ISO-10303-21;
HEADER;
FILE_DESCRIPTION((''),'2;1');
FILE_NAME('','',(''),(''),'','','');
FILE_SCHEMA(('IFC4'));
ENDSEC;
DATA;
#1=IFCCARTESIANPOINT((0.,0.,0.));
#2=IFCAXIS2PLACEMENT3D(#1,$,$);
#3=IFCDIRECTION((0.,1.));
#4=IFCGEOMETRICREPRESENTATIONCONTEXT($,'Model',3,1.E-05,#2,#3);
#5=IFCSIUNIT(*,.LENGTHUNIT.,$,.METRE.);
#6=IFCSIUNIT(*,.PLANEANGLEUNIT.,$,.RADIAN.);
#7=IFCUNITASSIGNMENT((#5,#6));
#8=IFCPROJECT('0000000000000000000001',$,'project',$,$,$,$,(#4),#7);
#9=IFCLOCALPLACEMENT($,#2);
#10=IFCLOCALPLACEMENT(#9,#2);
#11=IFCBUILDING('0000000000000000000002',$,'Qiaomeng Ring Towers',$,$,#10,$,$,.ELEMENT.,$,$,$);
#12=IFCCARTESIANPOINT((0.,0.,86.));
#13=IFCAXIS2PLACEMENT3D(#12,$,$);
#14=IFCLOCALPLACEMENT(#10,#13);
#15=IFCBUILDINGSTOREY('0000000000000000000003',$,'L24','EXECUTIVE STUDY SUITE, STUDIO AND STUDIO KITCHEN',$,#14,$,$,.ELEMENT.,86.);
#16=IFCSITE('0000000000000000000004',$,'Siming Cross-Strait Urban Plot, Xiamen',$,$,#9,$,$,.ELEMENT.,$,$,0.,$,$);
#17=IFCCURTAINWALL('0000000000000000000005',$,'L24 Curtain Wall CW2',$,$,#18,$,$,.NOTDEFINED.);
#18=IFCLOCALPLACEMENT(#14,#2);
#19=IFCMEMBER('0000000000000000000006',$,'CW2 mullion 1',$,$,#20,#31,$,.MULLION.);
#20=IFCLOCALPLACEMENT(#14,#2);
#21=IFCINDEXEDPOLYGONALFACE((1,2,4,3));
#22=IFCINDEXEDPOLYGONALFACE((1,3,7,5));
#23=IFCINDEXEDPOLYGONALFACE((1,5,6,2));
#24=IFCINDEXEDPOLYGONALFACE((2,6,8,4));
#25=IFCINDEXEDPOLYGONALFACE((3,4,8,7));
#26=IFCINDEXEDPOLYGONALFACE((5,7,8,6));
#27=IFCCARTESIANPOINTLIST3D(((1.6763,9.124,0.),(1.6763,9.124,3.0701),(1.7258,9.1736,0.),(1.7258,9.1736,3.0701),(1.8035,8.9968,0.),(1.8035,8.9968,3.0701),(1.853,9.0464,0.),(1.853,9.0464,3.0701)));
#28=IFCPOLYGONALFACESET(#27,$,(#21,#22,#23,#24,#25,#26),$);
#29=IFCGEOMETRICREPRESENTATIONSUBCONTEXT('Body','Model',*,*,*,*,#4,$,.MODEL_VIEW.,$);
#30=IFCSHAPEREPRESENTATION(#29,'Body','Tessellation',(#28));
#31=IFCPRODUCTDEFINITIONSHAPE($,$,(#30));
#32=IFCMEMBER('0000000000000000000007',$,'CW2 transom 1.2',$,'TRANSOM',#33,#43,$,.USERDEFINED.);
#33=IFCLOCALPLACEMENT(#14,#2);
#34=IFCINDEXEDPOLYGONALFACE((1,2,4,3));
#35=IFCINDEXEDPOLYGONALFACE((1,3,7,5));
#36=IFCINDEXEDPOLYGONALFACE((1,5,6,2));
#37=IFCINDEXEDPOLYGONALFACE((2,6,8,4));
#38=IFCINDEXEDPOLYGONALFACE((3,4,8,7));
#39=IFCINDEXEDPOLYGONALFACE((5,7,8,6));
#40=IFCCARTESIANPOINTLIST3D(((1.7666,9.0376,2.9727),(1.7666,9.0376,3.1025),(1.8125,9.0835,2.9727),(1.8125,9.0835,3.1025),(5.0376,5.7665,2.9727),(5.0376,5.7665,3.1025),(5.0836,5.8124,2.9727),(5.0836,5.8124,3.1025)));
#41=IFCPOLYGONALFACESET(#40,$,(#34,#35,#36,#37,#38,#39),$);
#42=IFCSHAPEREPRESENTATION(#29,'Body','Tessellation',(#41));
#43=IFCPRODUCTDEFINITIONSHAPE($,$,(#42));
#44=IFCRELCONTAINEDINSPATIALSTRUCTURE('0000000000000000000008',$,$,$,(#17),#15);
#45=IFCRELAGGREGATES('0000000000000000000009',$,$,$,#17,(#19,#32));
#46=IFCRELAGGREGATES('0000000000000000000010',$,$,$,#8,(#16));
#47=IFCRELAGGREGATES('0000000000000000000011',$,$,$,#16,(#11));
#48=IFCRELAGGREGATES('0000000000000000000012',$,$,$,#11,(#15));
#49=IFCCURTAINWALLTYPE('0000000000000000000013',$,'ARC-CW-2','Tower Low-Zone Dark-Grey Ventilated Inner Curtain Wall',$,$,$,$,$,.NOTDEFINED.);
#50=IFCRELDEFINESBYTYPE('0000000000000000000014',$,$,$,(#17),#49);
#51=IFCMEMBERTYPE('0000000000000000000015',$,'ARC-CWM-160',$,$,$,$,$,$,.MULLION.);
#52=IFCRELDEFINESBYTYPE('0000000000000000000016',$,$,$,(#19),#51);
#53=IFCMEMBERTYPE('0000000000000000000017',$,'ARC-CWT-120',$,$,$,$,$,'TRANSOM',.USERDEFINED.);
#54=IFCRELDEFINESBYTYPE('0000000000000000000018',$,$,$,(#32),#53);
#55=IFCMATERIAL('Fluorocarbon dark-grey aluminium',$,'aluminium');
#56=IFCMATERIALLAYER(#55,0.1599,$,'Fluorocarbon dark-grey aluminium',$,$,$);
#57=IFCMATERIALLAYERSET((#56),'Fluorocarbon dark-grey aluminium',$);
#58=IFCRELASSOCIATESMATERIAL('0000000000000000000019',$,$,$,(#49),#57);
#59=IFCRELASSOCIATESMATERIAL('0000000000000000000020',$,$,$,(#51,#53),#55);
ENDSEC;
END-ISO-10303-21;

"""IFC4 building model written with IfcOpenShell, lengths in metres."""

from ifc_helpers import new_model, si_unit, direction, frame, origin, origin_2d, place, context, subcontext, project, spatial, rectangle, extrude, source, transform, mapped, material, layer, layer_set, material_profile, profile_set, type_object, element, aggregate, save


model = new_model("IFC4")

# Units and contexts
model_context = context("Model", 3, precision=1e-05, world=origin(), true_north=direction((0.0, 1.0)))
body_context = subcontext(model_context, "Body", "Model", "MODEL_VIEW")
ifc_project = project(units=[si_unit("LENGTHUNIT", "METRE"), si_unit("PLANEANGLEUNIT", "RADIAN")], contexts=[model_context])

# Site, building, storey
site_placement = place(None, origin())
site = spatial("IfcSite", under=ifc_project, at=site_placement, Name="Siming Cross-Strait Urban Plot, Xiamen", CompositionType="ELEMENT", RefElevation=0.0)
building_placement = place(site_placement, origin())
building = spatial("IfcBuilding", under=site, at=building_placement, Name="Qiaomeng Ring Towers", CompositionType="ELEMENT")
storey_placement = place(building_placement, frame((0.0, 0.0, 86.0)))
storey = spatial("IfcBuildingStorey", under=building, at=storey_placement, Name="L24", Description="EXECUTIVE STUDY SUITE, STUDIO AND STUDIO KITCHEN", CompositionType="ELEMENT", Elevation=86.0)

# Curtain wall, members
ifc_material_1 = material(Name="Fluorocarbon dark-grey aluminium", Category="aluminium")
ifc_layer_1 = layer(ifc_material_1, 0.1599, Name="Fluorocarbon dark-grey aluminium")
ifc_layer_set_1 = layer_set([ifc_layer_1], Name="Fluorocarbon dark-grey aluminium")
curtain_wall_type = type_object("IfcCurtainWallType", Name="ARC-CW-2", Description="Tower Low-Zone Dark-Grey Ventilated Inner Curtain Wall", PredefinedType="NOTDEFINED", material=ifc_layer_set_1)
curtain_wall_placement = place(storey_placement, origin())
curtain_wall = element("IfcCurtainWall", 1, at=curtain_wall_placement, inside=storey, type_object=curtain_wall_type, Name="L24 Curtain Wall CW2", PredefinedType="NOTDEFINED")
ifc_material_profile_1 = material_profile(ifc_material_1, rectangle(XDim=0.0701, YDim=0.1799, at=origin_2d()), Name="ALU MULL 70x180")
ifc_profile_set_1 = profile_set([ifc_material_profile_1], Name="Fluorocarbon dark-grey aluminium")
member_type_1 = type_object("IfcMemberType", Name="ARC-CWM-160", PredefinedType="MULLION", material=ifc_profile_set_1)
shared_shape_1 = source(origin(), body_context, "Body", "SweptSolid", [
    extrude(rectangle(XDim=0.0701, YDim=0.1799, at=origin_2d()), origin(), (0.0, 0.0, 1.0), 3.0701),
])
member_1_placement = place(storey_placement, frame((1.7646, 9.0852, 0.0), z_axis=(0.0, 0.0, 1.0), x_axis=(0.707107, 0.707107, 0.0)))
member_1 = element("IfcMember", 2, at=member_1_placement, type_object=member_type_1, Name="CW2 mullion 1", PredefinedType="MULLION", context=body_context, shape_type="MappedRepresentation", body=[
    mapped(shared_shape_1, transform((0.0, 0.0, 0.0), x_axis=(1.0, 0.0, 0.0), y_axis=(0.0, 1.0, 0.0), z_axis=(0.0, 0.0, 1.0), scale=1.0)),
])
ifc_material_profile_2 = material_profile(ifc_material_1, rectangle(XDim=0.0649, YDim=0.1299, at=origin_2d()), Name="ALU TRAN 65x130")
ifc_profile_set_2 = profile_set([ifc_material_profile_2], Name="Fluorocarbon dark-grey aluminium")
member_type_2 = type_object("IfcMemberType", Name="ARC-CWT-120", ElementType="TRANSOM", PredefinedType="USERDEFINED", material=ifc_profile_set_2)
shared_shape_2 = source(origin(), body_context, "Body", "SweptSolid", [
    extrude(rectangle(XDim=0.0649, YDim=0.1299, at=origin_2d()), origin(), (0.0, 0.0, 1.0), 4.626),
])
member_2_placement = place(storey_placement, frame((1.7896, 9.0605, 3.0376), z_axis=(0.707107, -0.707107, 0.0), x_axis=(0.707107, 0.707107, 0.0)))
member_2 = element("IfcMember", 3, at=member_2_placement, type_object=member_type_2, Name="CW2 transom 1.2", ObjectType="TRANSOM", PredefinedType="USERDEFINED", context=body_context, shape_type="MappedRepresentation", body=[
    mapped(shared_shape_2, transform((0.0, 0.0, 0.0), x_axis=(1.0, 0.0, 0.0), y_axis=(0.0, 1.0, 0.0), z_axis=(0.0, 0.0, 1.0), scale=1.0)),
])
aggregate(curtain_wall, [member_1, member_2])

save(model, "model.ifc")
